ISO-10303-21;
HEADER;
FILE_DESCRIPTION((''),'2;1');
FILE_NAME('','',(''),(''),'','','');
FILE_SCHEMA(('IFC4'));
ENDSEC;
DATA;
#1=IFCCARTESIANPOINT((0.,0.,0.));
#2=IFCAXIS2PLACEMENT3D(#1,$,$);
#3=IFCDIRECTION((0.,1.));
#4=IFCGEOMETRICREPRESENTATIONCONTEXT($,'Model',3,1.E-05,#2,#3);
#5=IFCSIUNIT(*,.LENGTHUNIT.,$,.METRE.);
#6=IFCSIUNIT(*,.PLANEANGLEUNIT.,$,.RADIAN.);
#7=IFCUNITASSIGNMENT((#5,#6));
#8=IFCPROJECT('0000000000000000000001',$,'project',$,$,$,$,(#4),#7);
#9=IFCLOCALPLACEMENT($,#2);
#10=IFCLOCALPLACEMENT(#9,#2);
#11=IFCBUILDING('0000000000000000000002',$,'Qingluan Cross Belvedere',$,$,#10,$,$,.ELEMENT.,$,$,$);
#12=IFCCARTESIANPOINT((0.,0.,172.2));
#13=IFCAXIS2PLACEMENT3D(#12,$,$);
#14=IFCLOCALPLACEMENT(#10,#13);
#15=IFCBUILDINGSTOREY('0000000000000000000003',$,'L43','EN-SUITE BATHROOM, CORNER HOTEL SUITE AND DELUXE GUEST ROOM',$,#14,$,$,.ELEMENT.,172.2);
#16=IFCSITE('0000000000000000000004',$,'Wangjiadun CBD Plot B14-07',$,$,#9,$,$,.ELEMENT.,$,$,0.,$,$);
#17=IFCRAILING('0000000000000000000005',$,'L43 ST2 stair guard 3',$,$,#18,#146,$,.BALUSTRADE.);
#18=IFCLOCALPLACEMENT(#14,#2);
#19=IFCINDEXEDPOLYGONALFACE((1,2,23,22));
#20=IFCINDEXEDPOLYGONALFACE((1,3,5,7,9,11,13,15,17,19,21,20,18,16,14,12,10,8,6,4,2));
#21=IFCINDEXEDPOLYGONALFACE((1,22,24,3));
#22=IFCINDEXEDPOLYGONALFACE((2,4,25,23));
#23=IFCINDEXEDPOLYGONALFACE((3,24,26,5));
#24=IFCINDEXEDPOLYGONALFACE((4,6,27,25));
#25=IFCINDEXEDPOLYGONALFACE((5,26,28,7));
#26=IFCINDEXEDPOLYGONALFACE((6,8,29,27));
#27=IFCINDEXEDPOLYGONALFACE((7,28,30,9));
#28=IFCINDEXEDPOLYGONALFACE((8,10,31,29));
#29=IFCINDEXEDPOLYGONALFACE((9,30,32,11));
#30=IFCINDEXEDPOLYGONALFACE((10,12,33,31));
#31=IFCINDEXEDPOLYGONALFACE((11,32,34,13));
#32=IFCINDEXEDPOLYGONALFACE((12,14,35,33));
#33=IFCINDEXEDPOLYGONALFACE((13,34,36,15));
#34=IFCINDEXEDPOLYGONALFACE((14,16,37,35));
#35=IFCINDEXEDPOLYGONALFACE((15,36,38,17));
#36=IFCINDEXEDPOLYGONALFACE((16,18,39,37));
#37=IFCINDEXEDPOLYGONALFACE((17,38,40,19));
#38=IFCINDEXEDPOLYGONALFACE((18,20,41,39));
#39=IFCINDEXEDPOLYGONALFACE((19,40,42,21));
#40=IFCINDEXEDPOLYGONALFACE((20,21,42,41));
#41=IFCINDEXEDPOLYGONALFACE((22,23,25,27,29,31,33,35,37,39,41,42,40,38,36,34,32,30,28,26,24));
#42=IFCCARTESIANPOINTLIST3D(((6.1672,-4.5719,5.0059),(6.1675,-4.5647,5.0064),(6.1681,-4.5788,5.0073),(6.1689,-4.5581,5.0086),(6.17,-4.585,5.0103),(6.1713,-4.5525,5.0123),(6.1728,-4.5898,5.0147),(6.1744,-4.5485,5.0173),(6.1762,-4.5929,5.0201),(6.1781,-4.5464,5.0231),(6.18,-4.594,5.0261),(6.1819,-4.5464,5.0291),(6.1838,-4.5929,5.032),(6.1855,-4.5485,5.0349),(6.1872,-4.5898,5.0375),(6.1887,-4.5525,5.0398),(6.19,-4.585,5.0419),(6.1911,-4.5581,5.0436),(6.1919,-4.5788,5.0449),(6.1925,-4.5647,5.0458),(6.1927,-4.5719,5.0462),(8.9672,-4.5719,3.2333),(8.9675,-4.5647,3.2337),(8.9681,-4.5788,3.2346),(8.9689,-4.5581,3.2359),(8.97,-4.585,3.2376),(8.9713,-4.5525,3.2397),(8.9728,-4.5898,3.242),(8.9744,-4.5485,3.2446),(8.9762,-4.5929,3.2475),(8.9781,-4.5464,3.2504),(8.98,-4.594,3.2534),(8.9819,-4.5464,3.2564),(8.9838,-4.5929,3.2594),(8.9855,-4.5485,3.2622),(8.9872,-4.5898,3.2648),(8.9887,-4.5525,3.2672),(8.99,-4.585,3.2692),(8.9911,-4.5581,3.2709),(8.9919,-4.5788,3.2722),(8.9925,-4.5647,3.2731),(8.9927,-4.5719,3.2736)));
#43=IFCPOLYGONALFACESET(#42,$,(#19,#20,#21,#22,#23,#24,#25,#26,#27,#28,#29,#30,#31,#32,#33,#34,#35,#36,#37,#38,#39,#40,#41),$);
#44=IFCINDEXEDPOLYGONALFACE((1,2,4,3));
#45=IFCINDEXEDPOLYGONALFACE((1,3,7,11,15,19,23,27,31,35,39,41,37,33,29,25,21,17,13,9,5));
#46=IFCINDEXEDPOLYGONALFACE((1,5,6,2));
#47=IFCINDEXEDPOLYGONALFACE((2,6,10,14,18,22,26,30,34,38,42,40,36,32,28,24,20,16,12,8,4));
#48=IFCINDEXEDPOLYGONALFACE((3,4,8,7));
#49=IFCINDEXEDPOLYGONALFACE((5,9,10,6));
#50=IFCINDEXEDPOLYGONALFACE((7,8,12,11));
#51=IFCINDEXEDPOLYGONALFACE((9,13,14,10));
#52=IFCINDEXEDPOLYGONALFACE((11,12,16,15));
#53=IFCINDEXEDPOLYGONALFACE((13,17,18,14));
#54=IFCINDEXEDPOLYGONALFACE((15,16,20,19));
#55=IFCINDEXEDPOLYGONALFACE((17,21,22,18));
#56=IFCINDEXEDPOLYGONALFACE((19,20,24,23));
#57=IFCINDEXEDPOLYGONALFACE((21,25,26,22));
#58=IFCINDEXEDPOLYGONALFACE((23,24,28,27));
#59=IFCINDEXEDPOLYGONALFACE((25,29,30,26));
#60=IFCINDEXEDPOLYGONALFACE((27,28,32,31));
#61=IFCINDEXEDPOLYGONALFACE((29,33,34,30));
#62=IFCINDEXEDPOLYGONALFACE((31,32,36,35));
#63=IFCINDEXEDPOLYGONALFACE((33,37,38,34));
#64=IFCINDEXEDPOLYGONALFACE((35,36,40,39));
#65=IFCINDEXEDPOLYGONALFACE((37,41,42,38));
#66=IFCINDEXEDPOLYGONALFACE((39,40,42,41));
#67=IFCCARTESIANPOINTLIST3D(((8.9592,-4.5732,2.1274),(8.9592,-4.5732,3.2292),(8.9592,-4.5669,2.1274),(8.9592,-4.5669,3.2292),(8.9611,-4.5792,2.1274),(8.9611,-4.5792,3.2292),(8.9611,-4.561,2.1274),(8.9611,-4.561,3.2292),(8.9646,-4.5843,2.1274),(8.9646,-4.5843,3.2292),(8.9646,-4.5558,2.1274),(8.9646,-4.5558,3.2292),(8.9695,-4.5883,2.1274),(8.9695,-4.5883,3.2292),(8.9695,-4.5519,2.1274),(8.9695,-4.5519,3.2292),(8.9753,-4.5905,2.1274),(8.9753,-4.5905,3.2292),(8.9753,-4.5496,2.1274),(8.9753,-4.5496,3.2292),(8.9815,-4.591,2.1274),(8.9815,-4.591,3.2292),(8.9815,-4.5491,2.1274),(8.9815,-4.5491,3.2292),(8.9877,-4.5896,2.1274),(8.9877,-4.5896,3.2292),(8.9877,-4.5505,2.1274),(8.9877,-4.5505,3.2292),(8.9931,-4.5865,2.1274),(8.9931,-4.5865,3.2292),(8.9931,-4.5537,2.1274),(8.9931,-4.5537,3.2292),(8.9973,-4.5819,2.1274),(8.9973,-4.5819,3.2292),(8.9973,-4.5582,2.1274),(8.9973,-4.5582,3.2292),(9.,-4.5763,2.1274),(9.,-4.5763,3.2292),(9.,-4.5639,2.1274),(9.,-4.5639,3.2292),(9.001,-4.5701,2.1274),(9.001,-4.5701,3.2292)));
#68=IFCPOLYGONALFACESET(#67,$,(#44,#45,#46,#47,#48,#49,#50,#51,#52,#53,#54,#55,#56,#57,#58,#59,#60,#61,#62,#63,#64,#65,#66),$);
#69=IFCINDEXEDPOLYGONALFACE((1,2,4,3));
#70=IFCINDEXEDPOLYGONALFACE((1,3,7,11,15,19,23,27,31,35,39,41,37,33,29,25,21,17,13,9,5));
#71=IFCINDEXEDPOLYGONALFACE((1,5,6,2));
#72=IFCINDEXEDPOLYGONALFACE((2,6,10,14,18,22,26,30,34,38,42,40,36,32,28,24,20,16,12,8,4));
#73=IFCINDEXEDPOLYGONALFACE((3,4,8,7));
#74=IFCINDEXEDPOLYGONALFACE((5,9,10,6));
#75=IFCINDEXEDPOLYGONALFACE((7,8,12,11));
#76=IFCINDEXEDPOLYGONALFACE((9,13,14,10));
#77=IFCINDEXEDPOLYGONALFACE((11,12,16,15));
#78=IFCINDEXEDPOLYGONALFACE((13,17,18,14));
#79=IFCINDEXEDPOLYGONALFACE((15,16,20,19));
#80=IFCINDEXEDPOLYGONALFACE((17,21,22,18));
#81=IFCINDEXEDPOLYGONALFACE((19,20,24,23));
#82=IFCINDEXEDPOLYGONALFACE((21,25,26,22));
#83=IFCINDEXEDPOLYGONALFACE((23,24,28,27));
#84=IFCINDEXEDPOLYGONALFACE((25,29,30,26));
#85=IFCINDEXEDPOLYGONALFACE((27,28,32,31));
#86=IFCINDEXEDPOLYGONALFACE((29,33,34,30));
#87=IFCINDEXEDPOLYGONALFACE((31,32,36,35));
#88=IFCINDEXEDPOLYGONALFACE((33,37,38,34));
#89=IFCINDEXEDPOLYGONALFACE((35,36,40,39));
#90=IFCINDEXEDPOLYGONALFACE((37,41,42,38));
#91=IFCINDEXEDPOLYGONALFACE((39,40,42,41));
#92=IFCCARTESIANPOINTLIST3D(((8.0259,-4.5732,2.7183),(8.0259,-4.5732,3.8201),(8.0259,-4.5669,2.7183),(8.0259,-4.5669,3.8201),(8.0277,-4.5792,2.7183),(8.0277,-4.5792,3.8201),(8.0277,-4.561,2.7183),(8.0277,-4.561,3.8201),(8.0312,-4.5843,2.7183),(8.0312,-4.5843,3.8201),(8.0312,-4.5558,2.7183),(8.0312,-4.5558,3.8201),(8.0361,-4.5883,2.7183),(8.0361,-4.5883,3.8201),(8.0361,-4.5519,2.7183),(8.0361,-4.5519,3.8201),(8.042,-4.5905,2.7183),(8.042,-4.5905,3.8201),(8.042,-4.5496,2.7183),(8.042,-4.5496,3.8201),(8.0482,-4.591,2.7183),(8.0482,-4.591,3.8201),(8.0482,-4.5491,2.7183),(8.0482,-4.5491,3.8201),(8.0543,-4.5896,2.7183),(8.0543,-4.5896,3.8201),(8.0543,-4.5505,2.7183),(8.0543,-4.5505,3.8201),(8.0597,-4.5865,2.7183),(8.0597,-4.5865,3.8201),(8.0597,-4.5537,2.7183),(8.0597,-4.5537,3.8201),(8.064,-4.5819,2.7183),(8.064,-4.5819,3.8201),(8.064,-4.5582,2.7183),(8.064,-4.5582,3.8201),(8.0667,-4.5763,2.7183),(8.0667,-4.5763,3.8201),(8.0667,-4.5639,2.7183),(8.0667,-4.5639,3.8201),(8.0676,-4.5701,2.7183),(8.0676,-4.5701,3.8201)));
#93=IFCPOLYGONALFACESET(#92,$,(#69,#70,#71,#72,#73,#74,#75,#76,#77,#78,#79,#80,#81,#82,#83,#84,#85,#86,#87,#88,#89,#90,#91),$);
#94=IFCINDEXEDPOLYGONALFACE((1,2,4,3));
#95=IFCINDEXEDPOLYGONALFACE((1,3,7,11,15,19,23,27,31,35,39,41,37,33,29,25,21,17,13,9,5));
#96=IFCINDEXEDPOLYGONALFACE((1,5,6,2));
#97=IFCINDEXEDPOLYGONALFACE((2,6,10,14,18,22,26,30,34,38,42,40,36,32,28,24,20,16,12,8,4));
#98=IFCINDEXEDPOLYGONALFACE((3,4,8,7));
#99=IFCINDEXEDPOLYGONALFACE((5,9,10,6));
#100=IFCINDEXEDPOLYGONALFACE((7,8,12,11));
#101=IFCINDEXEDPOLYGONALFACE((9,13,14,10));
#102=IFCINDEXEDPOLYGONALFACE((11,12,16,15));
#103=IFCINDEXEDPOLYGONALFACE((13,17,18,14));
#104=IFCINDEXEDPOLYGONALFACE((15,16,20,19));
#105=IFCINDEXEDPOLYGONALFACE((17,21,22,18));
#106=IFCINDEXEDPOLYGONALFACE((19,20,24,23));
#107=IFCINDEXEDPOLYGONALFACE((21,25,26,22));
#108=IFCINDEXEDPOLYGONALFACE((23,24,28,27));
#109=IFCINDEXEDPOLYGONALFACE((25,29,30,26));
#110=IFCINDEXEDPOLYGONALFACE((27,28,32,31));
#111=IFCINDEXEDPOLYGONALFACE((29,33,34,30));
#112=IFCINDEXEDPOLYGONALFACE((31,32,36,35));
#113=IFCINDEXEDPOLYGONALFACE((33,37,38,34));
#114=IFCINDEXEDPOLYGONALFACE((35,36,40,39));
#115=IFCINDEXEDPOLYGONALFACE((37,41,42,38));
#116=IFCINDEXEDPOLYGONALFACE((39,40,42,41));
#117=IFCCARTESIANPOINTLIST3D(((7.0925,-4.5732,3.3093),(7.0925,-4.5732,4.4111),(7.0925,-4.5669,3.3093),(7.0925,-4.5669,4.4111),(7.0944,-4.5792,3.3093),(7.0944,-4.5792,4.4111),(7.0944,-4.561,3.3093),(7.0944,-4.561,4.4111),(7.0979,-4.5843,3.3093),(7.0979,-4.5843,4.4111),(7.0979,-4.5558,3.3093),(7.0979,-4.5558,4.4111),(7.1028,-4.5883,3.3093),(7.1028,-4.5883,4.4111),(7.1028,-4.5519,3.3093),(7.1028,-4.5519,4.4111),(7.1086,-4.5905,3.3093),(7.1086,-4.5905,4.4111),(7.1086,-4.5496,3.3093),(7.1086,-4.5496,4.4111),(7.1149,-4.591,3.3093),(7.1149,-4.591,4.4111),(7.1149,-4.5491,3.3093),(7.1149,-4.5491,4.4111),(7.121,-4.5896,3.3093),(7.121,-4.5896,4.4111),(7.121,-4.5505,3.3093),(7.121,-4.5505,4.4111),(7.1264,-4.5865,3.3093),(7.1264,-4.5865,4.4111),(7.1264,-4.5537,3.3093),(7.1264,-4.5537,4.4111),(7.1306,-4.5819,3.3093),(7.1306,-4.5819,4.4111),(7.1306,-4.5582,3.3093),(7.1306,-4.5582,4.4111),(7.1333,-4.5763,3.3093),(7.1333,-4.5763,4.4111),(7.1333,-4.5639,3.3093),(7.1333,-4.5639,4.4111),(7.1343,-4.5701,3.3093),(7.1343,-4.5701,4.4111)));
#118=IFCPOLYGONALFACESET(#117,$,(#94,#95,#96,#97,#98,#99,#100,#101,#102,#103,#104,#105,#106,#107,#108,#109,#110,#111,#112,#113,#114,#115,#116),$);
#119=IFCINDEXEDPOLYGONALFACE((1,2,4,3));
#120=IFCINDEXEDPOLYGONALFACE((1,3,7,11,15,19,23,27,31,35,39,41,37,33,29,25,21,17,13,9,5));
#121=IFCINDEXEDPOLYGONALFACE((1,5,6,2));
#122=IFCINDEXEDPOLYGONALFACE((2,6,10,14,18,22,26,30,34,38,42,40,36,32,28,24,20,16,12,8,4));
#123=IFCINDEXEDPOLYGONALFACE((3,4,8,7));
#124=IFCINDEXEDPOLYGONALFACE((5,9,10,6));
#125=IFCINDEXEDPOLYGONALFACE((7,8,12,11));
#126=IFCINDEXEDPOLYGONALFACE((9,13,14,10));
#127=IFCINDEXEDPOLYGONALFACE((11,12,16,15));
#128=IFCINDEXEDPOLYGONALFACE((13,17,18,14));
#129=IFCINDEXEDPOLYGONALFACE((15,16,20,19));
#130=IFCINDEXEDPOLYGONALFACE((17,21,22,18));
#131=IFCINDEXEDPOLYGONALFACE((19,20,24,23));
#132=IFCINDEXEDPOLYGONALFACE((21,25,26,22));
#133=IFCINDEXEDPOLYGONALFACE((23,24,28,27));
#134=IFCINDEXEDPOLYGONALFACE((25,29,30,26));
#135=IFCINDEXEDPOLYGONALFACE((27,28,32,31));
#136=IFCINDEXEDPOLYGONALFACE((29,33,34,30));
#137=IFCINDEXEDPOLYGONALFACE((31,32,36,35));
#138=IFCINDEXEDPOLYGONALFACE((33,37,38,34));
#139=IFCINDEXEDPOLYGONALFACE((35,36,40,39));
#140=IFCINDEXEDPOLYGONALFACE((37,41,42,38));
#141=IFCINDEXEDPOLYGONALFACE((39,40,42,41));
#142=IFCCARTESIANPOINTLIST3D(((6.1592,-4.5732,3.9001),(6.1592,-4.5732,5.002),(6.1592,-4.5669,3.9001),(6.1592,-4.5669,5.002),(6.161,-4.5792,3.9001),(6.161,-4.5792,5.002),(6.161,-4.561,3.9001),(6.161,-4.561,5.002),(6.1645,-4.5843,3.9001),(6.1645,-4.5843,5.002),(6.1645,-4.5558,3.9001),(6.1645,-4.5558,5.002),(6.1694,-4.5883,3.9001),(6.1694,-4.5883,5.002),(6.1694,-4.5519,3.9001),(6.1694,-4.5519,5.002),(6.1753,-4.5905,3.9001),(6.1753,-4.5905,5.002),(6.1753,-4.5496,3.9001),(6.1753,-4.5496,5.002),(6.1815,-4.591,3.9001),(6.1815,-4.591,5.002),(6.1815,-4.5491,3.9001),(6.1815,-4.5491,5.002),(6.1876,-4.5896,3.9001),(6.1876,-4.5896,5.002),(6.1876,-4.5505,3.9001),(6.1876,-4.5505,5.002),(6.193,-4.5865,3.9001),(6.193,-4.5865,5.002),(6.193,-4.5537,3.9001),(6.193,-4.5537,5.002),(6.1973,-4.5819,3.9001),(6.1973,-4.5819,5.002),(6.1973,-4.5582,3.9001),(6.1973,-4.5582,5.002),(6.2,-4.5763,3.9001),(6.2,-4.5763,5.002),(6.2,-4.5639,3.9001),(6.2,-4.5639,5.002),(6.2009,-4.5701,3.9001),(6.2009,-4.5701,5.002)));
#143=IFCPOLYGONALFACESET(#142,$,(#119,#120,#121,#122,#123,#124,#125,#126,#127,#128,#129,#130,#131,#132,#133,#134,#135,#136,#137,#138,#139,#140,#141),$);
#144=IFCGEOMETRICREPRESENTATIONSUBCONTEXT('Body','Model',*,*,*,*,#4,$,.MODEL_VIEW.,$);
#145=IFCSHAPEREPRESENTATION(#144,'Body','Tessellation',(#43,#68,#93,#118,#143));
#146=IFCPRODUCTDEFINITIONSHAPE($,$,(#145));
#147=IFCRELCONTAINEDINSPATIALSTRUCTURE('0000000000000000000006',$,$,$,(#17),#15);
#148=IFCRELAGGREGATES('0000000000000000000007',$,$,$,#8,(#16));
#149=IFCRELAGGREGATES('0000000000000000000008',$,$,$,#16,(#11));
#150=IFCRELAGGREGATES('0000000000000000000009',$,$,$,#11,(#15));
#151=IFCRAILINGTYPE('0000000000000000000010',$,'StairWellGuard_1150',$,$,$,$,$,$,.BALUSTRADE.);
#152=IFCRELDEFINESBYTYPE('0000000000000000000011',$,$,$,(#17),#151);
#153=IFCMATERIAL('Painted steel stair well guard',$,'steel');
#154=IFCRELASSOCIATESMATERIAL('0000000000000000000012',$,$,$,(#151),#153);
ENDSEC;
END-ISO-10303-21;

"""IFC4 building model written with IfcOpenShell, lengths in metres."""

from ifc_helpers import new_model, si_unit, direction, frame, origin, origin_2d, place, context, subcontext, project, spatial, circle, extrude, material, type_object, element, save


model = new_model("IFC4")

# Units and contexts
model_context = context("Model", 3, precision=1e-05, world=origin(), true_north=direction((0.0, 1.0)))
body_context = subcontext(model_context, "Body", "Model", "MODEL_VIEW")
ifc_project = project(units=[si_unit("LENGTHUNIT", "METRE"), si_unit("PLANEANGLEUNIT", "RADIAN")], contexts=[model_context])

# Site, building, storey
site_placement = place(None, origin())
site = spatial("IfcSite", under=ifc_project, at=site_placement, Name="Wangjiadun CBD Plot B14-07", CompositionType="ELEMENT", RefElevation=0.0)
building_placement = place(site_placement, origin())
building = spatial("IfcBuilding", under=site, at=building_placement, Name="Qingluan Cross Belvedere", CompositionType="ELEMENT")
storey_placement = place(building_placement, frame((0.0, 0.0, 172.2)))
storey = spatial("IfcBuildingStorey", under=building, at=storey_placement, Name="L43", Description="EN-SUITE BATHROOM, CORNER HOTEL SUITE AND DELUXE GUEST ROOM", CompositionType="ELEMENT", Elevation=172.2)

# Railing
ifc_material_1 = material(Name="Painted steel stair well guard", Category="steel")
railing_type_1 = type_object("IfcRailingType", Name="StairWellGuard_1150", PredefinedType="BALUSTRADE", material=ifc_material_1)
railing_1_placement = place(storey_placement, frame((8.98, -4.5701, 2.1274)))
element("IfcRailing", 1, at=railing_1_placement, inside=storey, type_object=railing_type_1, Name="L43 ST2 stair guard 3", PredefinedType="BALUSTRADE", context=body_context, shape_type="SweptSolid", body=[
    extrude(circle(Radius=0.0239, at=origin_2d()), frame((0.0, 0.0, 1.126), z_axis=(-0.844909, 0.0, 0.53491), x_axis=(0.0, -1.0, 0.0)), (0.0, 0.0, 1.0), 3.314),
    extrude(circle(Radius=0.021, at=origin_2d()), origin(), (0.0, 0.0, 1.0), 1.1018),
    extrude(circle(Radius=0.021, at=origin_2d()), frame((-0.9333, 0.0, 0.5908)), (0.0, 0.0, 1.0), 1.1018),
    extrude(circle(Radius=0.021, at=origin_2d()), frame((-1.8667, 0.0, 1.1819)), (0.0, 0.0, 1.0), 1.1018),
    extrude(circle(Radius=0.021, at=origin_2d()), frame((-2.8, 0.0, 1.7727)), (0.0, 0.0, 1.0), 1.1018),
])

save(model, "model.ifc")
